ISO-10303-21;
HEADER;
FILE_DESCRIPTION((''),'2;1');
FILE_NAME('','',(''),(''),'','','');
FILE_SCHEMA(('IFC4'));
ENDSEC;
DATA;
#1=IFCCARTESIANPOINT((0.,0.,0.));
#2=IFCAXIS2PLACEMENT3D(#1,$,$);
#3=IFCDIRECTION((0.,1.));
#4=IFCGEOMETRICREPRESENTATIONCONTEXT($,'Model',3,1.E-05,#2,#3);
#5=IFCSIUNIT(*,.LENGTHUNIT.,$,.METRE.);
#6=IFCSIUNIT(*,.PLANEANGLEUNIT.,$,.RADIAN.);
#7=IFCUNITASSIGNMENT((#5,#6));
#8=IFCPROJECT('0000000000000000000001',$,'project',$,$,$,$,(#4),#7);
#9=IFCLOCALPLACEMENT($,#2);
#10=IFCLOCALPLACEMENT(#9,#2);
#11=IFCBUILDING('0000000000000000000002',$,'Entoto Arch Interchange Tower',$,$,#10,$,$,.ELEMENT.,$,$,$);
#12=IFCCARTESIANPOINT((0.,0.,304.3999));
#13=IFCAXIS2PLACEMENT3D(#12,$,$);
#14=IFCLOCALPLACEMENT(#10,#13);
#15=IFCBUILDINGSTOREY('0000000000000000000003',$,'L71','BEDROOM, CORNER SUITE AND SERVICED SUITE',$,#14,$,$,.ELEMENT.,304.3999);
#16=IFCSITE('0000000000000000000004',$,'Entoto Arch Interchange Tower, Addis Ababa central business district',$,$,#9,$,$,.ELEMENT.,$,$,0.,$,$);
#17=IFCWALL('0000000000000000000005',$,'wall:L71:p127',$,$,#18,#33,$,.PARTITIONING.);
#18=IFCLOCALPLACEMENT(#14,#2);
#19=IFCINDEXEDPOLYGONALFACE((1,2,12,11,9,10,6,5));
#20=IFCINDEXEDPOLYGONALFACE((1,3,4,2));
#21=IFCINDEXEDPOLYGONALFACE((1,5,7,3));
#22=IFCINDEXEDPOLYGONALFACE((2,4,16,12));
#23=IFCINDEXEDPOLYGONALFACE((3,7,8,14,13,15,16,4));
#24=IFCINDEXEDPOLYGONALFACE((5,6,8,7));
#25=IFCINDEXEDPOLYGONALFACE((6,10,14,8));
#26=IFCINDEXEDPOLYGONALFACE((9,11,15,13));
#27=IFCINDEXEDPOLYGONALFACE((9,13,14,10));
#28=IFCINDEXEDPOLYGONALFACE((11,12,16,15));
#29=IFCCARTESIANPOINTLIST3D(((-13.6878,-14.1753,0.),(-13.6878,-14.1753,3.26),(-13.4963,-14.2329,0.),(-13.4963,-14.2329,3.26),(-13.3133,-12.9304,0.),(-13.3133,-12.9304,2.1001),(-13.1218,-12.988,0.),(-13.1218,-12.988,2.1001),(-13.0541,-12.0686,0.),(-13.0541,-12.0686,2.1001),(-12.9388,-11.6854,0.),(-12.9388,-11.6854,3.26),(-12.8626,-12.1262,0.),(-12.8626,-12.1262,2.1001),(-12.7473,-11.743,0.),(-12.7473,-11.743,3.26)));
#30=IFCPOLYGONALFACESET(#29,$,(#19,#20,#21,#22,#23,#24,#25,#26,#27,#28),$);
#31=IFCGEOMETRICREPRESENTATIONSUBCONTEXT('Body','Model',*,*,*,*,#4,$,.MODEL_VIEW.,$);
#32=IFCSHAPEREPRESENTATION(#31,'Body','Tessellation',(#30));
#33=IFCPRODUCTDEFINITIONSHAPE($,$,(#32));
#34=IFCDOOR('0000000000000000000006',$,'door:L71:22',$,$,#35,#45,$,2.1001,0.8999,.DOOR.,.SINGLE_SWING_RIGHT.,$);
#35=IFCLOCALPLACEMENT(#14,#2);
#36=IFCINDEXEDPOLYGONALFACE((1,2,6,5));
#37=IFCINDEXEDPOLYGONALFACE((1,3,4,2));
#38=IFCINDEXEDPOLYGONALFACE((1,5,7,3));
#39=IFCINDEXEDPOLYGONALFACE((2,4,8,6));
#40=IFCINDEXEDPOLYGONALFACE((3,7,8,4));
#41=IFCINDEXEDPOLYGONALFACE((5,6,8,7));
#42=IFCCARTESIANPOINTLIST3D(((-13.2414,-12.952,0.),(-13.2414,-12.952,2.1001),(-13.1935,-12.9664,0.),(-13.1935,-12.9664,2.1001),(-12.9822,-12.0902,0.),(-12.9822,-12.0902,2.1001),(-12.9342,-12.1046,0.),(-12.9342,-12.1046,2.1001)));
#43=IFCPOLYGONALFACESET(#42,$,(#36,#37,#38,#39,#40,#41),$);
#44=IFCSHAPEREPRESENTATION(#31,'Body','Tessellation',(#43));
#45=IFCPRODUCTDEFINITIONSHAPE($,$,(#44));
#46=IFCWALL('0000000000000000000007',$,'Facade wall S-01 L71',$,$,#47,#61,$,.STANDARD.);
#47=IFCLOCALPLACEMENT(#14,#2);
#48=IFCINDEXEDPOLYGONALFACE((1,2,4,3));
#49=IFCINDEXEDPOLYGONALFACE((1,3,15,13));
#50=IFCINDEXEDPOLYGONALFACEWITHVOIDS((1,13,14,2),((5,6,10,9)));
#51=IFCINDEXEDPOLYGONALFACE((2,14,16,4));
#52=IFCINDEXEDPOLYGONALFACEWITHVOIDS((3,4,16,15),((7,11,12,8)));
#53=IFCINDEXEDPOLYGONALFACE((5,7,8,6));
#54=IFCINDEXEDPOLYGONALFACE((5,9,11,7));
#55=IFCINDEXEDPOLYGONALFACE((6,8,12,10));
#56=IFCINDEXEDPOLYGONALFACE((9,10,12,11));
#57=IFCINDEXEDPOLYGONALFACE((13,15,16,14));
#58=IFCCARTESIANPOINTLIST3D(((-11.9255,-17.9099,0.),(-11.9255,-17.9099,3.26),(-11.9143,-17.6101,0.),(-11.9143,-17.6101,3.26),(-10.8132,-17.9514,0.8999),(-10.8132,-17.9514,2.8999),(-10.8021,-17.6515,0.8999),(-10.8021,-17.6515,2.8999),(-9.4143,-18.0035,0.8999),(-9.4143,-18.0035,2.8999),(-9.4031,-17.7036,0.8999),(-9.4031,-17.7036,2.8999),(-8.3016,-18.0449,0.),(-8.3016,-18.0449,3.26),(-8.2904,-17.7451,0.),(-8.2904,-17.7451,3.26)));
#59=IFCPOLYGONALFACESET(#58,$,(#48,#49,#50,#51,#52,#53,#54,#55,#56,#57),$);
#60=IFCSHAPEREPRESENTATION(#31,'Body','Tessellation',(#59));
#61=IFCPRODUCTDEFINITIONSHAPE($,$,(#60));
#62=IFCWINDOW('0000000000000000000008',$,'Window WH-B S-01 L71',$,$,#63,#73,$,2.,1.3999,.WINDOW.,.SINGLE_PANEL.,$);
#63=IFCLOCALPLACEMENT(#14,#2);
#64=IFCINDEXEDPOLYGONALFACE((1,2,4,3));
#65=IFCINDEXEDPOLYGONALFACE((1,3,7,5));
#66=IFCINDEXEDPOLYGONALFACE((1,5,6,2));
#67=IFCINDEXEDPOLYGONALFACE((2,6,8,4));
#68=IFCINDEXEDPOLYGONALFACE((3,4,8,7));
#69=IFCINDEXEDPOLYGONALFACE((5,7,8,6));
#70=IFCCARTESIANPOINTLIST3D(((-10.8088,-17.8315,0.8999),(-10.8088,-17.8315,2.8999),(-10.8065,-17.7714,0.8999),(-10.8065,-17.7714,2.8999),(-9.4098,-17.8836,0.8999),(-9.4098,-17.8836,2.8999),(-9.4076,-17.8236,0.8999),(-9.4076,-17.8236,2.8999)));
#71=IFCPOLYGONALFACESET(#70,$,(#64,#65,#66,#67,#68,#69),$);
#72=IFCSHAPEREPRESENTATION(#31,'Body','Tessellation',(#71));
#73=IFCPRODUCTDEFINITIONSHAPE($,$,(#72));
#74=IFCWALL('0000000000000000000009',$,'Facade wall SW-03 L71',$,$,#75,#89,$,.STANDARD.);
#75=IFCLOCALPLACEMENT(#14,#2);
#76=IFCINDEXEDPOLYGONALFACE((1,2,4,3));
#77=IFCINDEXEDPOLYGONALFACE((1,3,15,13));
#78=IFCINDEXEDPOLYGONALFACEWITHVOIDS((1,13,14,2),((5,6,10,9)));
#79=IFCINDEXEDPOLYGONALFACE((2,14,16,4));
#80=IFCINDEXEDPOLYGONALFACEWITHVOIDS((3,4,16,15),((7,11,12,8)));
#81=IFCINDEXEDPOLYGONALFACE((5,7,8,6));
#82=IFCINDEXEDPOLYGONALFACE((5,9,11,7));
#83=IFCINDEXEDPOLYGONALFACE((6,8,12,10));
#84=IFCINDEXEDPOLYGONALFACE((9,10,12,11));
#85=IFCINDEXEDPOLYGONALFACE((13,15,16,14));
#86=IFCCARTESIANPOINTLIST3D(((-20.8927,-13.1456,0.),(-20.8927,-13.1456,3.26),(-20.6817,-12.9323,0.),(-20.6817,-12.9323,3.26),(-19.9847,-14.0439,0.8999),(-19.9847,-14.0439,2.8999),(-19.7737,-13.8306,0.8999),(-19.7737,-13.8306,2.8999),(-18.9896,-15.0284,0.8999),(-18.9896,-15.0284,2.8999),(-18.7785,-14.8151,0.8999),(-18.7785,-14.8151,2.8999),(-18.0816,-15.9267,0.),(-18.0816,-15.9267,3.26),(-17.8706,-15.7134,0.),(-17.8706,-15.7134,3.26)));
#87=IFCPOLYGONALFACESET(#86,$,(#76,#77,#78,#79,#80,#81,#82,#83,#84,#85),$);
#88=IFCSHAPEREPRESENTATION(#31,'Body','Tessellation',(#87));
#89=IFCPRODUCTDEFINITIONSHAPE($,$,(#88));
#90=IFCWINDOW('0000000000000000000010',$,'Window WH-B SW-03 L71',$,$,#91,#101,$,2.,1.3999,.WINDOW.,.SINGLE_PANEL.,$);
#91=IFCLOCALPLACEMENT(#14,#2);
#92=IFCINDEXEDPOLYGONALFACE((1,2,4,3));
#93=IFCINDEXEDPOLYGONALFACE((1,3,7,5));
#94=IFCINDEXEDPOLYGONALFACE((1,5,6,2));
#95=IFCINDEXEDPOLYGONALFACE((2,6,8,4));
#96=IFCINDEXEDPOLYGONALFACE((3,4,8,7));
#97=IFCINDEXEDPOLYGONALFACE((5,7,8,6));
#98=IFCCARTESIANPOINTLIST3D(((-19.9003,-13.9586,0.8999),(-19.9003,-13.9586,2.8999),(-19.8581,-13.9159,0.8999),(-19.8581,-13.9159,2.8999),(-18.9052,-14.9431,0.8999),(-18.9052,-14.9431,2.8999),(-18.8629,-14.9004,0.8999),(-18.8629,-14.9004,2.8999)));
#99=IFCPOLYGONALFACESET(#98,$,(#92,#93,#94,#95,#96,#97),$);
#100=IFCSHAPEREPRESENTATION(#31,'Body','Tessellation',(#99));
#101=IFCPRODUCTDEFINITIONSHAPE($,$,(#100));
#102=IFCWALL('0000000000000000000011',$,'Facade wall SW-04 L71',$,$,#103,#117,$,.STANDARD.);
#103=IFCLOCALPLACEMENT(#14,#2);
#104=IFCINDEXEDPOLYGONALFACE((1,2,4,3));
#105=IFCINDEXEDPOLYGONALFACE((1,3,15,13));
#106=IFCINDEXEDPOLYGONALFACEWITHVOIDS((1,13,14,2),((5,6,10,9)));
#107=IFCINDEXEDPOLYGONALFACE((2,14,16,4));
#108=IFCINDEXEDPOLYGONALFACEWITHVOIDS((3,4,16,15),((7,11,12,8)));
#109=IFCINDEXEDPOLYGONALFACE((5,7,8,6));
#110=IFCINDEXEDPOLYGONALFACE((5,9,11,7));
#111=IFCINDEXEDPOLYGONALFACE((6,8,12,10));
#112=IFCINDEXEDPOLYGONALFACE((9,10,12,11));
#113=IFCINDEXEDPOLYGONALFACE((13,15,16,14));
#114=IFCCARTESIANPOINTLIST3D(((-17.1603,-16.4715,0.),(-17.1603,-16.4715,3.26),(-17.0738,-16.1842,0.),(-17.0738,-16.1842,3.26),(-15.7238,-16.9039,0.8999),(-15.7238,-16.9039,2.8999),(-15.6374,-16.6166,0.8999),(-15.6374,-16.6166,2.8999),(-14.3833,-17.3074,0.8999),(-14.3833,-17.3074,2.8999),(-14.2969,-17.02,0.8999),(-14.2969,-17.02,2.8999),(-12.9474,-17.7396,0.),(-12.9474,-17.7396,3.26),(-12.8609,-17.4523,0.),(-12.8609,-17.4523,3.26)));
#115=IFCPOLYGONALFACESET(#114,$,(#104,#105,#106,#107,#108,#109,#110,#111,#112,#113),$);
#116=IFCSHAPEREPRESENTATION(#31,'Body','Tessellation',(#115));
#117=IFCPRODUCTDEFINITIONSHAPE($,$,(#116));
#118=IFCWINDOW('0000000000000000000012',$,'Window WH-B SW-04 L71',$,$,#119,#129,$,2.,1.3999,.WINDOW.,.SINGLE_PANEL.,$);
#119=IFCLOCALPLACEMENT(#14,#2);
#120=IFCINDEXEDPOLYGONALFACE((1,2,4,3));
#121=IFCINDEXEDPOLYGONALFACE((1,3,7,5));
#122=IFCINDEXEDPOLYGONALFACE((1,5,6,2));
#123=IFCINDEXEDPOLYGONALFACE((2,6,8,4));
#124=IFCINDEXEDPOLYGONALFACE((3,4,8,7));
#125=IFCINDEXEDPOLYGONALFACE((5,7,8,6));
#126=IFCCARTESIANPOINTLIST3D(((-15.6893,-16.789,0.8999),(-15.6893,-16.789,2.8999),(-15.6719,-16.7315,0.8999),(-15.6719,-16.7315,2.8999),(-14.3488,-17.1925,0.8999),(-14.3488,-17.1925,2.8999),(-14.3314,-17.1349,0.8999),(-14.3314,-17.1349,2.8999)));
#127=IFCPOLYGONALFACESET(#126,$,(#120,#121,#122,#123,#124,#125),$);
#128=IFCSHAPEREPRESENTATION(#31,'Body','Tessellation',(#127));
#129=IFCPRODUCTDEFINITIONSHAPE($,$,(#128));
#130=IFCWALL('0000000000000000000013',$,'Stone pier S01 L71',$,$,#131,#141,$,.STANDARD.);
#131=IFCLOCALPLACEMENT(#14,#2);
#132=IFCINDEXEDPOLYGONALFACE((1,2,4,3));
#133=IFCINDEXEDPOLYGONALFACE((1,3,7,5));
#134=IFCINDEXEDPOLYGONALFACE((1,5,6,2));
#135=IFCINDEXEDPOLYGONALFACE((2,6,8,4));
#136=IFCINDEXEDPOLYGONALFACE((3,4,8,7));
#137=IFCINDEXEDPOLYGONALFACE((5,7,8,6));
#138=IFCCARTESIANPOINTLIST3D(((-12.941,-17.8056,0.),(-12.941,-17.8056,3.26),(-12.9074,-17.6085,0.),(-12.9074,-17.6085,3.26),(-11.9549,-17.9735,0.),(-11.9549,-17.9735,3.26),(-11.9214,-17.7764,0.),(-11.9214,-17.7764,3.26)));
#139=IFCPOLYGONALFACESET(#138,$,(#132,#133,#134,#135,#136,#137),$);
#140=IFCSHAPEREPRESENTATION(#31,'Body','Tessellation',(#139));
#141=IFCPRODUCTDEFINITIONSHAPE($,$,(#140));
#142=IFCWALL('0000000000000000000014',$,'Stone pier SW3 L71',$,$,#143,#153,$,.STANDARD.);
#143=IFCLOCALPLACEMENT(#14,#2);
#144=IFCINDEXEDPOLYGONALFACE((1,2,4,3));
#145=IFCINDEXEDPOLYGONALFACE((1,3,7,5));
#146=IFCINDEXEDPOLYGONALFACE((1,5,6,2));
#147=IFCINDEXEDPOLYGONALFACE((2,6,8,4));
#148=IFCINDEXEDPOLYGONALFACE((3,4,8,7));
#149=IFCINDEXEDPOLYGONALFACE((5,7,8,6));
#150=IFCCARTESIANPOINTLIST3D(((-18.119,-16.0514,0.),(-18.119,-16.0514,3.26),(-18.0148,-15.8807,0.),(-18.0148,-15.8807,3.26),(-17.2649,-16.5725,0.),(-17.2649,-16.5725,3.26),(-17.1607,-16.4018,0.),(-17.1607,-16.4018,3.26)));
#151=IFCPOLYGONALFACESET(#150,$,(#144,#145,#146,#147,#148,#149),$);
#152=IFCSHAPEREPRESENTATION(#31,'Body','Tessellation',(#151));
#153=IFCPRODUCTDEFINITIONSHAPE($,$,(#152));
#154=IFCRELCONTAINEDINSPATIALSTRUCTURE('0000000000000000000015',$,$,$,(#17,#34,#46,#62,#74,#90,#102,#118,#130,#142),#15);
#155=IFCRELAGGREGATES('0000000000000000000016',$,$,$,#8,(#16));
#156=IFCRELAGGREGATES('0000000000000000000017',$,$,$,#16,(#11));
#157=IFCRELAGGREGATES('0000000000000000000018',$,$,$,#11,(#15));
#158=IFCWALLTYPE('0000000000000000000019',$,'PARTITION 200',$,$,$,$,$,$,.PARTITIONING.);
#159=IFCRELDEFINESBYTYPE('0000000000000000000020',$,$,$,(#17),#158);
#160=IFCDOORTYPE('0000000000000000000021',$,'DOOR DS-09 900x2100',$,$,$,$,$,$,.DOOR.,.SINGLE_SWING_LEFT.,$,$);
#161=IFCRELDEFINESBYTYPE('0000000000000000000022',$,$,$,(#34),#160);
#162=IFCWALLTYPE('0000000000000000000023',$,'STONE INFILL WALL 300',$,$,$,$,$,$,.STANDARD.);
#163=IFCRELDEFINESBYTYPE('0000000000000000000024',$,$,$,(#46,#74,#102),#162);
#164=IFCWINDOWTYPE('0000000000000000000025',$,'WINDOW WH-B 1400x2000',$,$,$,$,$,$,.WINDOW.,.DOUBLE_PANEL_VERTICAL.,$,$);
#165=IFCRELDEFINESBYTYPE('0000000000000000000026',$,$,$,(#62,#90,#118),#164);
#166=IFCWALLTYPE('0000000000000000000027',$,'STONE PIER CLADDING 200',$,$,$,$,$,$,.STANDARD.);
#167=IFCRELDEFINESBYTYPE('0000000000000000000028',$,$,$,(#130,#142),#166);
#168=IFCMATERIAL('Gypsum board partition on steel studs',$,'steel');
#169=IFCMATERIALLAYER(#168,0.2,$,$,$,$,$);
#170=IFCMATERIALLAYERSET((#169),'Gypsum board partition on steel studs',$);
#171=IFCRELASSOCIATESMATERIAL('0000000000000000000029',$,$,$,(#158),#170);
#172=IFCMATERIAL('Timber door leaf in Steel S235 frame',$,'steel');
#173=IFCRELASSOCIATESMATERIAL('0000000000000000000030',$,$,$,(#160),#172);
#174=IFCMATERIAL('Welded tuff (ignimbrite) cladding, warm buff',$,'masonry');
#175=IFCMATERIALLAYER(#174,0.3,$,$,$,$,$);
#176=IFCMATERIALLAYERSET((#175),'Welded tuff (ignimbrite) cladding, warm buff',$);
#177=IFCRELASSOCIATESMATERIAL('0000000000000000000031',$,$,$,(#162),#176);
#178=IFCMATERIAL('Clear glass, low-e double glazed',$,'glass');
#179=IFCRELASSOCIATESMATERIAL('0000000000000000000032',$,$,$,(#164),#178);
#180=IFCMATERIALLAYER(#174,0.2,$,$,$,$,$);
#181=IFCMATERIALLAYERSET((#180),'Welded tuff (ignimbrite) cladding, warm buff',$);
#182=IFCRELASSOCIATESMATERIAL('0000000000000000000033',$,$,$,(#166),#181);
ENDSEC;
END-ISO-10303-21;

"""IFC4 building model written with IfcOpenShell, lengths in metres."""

from ifc_helpers import new_model, si_unit, direction, frame, frame_2d, origin, place, context, subcontext, project, spatial, rectangle, extrude, material, layer, layer_set, type_object, element, fill, save


model = new_model("IFC4")

# Units and contexts
model_context = context("Model", 3, precision=1e-05, world=origin(), true_north=direction((0.0, 1.0)))
body_context = subcontext(model_context, "Body", "Model", "MODEL_VIEW")
ifc_project = project(units=[si_unit("LENGTHUNIT", "METRE"), si_unit("PLANEANGLEUNIT", "RADIAN")], contexts=[model_context])

# Site, building, storey
site_placement = place(None, origin())
site = spatial("IfcSite", under=ifc_project, at=site_placement, Name="Entoto Arch Interchange Tower, Addis Ababa central business district", CompositionType="ELEMENT", RefElevation=0.0)
building_placement = place(site_placement, origin())
building = spatial("IfcBuilding", under=site, at=building_placement, Name="Entoto Arch Interchange Tower", CompositionType="ELEMENT")
storey_placement = place(building_placement, frame((0.0, 0.0, 304.3999)))
storey = spatial("IfcBuildingStorey", under=building, at=storey_placement, Name="L71", Description="BEDROOM, CORNER SUITE AND SERVICED SUITE", CompositionType="ELEMENT", Elevation=304.3999)

# Shared definitions
ifc_material_1 = material(Name="Gypsum board partition on steel studs", Category="steel")
ifc_layer_1 = layer(ifc_material_1, 0.2)
ifc_layer_set_1 = layer_set([ifc_layer_1], Name="Gypsum board partition on steel studs")
wall_type_1 = type_object("IfcWallType", Name="PARTITION 200", PredefinedType="PARTITIONING", material=ifc_layer_set_1)

# Shared definitions
ifc_material_2 = material(Name="Timber door leaf in Steel S235 frame", Category="steel")

# Wall, opening, door
wall_1_placement = place(storey_placement, frame((-13.592, -14.2041, 0.0), z_axis=(0.0, 0.0, 1.0), x_axis=(0.288063, 0.957612, 0.0)))
wall_1 = element("IfcWall", 1, at=wall_1_placement, inside=storey, type_object=wall_type_1, Name="wall:L71:p127", PredefinedType="PARTITIONING", context=body_context, shape_type="SweptSolid", body=[
    extrude(rectangle(XDim=2.6001, YDim=0.2, at=frame_2d((1.3, 0.0))), origin(), (0.0, 0.0, 1.0), 3.26),
])
opening_1_placement = place(wall_1_placement, frame((1.3, 0.0, 0.0)))
opening_1 = element("IfcOpeningElement", 2, at=opening_1_placement, cuts=wall_1, PredefinedType="OPENING", context=body_context, shape_type="SweptSolid", body=[
    extrude(rectangle(XDim=0.8999, YDim=2.1001, at=frame_2d((0.45, 1.05))), frame((0.0, 0.1099, 0.0), z_axis=(0.0, -1.0, 0.0), x_axis=(1.0, 0.0, 0.0)), (0.0, 0.0, 1.0), 0.22),
])
door_type_1 = type_object("IfcDoorType", Name="DOOR DS-09 900x2100", OperationType="SINGLE_SWING_LEFT", PredefinedType="DOOR", material=ifc_material_2)
door_1_placement = place(opening_1_placement, origin())
door_1 = element("IfcDoor", 3, at=door_1_placement, inside=storey, type_object=door_type_1, Name="door:L71:22", OperationType="SINGLE_SWING_RIGHT", OverallHeight=2.1001, OverallWidth=0.8999, PredefinedType="DOOR", context=body_context, shape_type="SweptSolid", body=[
    extrude(rectangle(XDim=0.8999, YDim=2.1001, at=frame_2d((0.45, 1.05))), frame((0.0, 0.0249, 0.0), z_axis=(0.0, -1.0, 0.0), x_axis=(1.0, 0.0, 0.0)), (0.0, 0.0, 1.0), 0.05),
])
fill(opening_1, door_1)

# Walls, openings, windows
ifc_material_3 = material(Name="Welded tuff (ignimbrite) cladding, warm buff", Category="masonry")
ifc_layer_2 = layer(ifc_material_3, 0.3)
ifc_layer_set_2 = layer_set([ifc_layer_2], Name="Welded tuff (ignimbrite) cladding, warm buff")
wall_type_2 = type_object("IfcWallType", Name="STONE INFILL WALL 300", PredefinedType="STANDARD", material=ifc_layer_set_2)
wall_2_placement = place(storey_placement, frame((-11.9199, -17.76, 0.0), z_axis=(0.0, 0.0, 1.0), x_axis=(0.999307, -0.037228, 0.0)))
wall_2 = element("IfcWall", 4, at=wall_2_placement, inside=storey, type_object=wall_type_2, Name="Facade wall S-01 L71", PredefinedType="STANDARD", context=body_context, shape_type="SweptSolid", body=[
    extrude(rectangle(XDim=3.6265, YDim=0.3, at=frame_2d((1.8132, 0.0))), origin(), (0.0, 0.0, 1.0), 3.26),
])
opening_2_placement = place(wall_2_placement, frame((1.113, 0.0, 0.8999)))
opening_2 = element("IfcOpeningElement", 5, at=opening_2_placement, cuts=wall_2, PredefinedType="OPENING", context=body_context, shape_type="SweptSolid", body=[
    extrude(rectangle(XDim=1.3999, YDim=2.0, at=frame_2d((0.7, 1.0))), frame((0.0, 0.1602, 0.0), z_axis=(0.0, -1.0, 0.0), x_axis=(1.0, 0.0, 0.0)), (0.0, 0.0, 1.0), 0.3201),
])
ifc_material_4 = material(Name="Clear glass, low-e double glazed", Category="glass")
window_type = type_object("IfcWindowType", Name="WINDOW WH-B 1400x2000", PartitioningType="DOUBLE_PANEL_VERTICAL", PredefinedType="WINDOW", material=ifc_material_4)
window_1_placement = place(opening_2_placement, origin())
window_1 = element("IfcWindow", 6, at=window_1_placement, inside=storey, type_object=window_type, Name="Window WH-B S-01 L71", OverallHeight=2.0, OverallWidth=1.3999, PartitioningType="SINGLE_PANEL", PredefinedType="WINDOW", context=body_context, shape_type="SweptSolid", body=[
    extrude(rectangle(XDim=1.3999, YDim=2.0, at=frame_2d((0.7, 1.0))), frame((0.0, 0.03, 0.0), z_axis=(0.0, -1.0, 0.0), x_axis=(1.0, 0.0, 0.0)), (0.0, 0.0, 1.0), 0.0601),
])
fill(opening_2, window_1)
wall_3_placement = place(storey_placement, frame((-20.7871, -13.0391, 0.0), z_axis=(0.0, 0.0, 1.0), x_axis=(0.710894, -0.703299, 0.0)))
wall_3 = element("IfcWall", 7, at=wall_3_placement, inside=storey, type_object=wall_type_2, Name="Facade wall SW-03 L71", PredefinedType="STANDARD", context=body_context, shape_type="SweptSolid", body=[
    extrude(rectangle(XDim=3.9543, YDim=0.3, at=frame_2d((1.9771, 0.0))), origin(), (0.0, 0.0, 1.0), 3.26),
])
opening_3_placement = place(wall_3_placement, frame((1.2771, 0.0, 0.8999)))
opening_3 = element("IfcOpeningElement", 8, at=opening_3_placement, cuts=wall_3, PredefinedType="OPENING", context=body_context, shape_type="SweptSolid", body=[
    extrude(rectangle(XDim=1.3999, YDim=2.0, at=frame_2d((0.7, 1.0))), frame((0.0, 0.1602, 0.0), z_axis=(0.0, -1.0, 0.0), x_axis=(1.0, 0.0, 0.0)), (0.0, 0.0, 1.0), 0.3201),
])
window_2_placement = place(opening_3_placement, origin())
window_2 = element("IfcWindow", 9, at=window_2_placement, inside=storey, type_object=window_type, Name="Window WH-B SW-03 L71", OverallHeight=2.0, OverallWidth=1.3999, PartitioningType="SINGLE_PANEL", PredefinedType="WINDOW", context=body_context, shape_type="SweptSolid", body=[
    extrude(rectangle(XDim=1.3999, YDim=2.0, at=frame_2d((0.7, 1.0))), frame((0.0, 0.03, 0.0), z_axis=(0.0, -1.0, 0.0), x_axis=(1.0, 0.0, 0.0)), (0.0, 0.0, 1.0), 0.0601),
])
fill(opening_3, window_2)
wall_4_placement = place(storey_placement, frame((-17.1169, -16.3279, 0.0), z_axis=(0.0, 0.0, 1.0), x_axis=(0.957563, -0.288223, 0.0)))
wall_4 = element("IfcWall", 10, at=wall_4_placement, inside=storey, type_object=wall_type_2, Name="Facade wall SW-04 L71", PredefinedType="STANDARD", context=body_context, shape_type="SweptSolid", body=[
    extrude(rectangle(XDim=4.3997, YDim=0.3, at=frame_2d((2.1997, 0.0))), origin(), (0.0, 0.0, 1.0), 3.26),
])
opening_4_placement = place(wall_4_placement, frame((1.5, 0.0, 0.8999)))
opening_4 = element("IfcOpeningElement", 11, at=opening_4_placement, cuts=wall_4, PredefinedType="OPENING", context=body_context, shape_type="SweptSolid", body=[
    extrude(rectangle(XDim=1.3999, YDim=2.0, at=frame_2d((0.7, 1.0))), frame((0.0, 0.1602, 0.0), z_axis=(0.0, -1.0, 0.0), x_axis=(1.0, 0.0, 0.0)), (0.0, 0.0, 1.0), 0.3201),
])
window_3_placement = place(opening_4_placement, origin())
window_3 = element("IfcWindow", 12, at=window_3_placement, inside=storey, type_object=window_type, Name="Window WH-B SW-04 L71", OverallHeight=2.0, OverallWidth=1.3999, PartitioningType="SINGLE_PANEL", PredefinedType="WINDOW", context=body_context, shape_type="SweptSolid", body=[
    extrude(rectangle(XDim=1.3999, YDim=2.0, at=frame_2d((0.7, 1.0))), frame((0.0, 0.03, 0.0), z_axis=(0.0, -1.0, 0.0), x_axis=(1.0, 0.0, 0.0)), (0.0, 0.0, 1.0), 0.0601),
])
fill(opening_4, window_3)

# Walls
ifc_layer_3 = layer(ifc_material_3, 0.2)
ifc_layer_set_3 = layer_set([ifc_layer_3], Name="Welded tuff (ignimbrite) cladding, warm buff")
wall_type_3 = type_object("IfcWallType", Name="STONE PIER CLADDING 200", PredefinedType="STANDARD", material=ifc_layer_set_3)
wall_5_placement = place(storey_placement, frame((-12.9241, -17.707, 0.0), z_axis=(0.0, 0.0, 1.0), x_axis=(0.985801, -0.16792, 0.0)))
element("IfcWall", 13, at=wall_5_placement, inside=storey, type_object=wall_type_3, Name="Stone pier S01 L71", PredefinedType="STANDARD", context=body_context, shape_type="SweptSolid", body=[
    extrude(rectangle(XDim=1.0002, YDim=0.2, at=frame_2d((0.5, 0.0))), origin(), (0.0, 0.0, 1.0), 3.26),
])
wall_6_placement = place(storey_placement, frame((-18.0669, -15.9661, 0.0), z_axis=(0.0, 0.0, 1.0), x_axis=(0.85368, -0.520798, 0.0)))
element("IfcWall", 14, at=wall_6_placement, inside=storey, type_object=wall_type_3, Name="Stone pier SW3 L71", PredefinedType="STANDARD", context=body_context, shape_type="SweptSolid", body=[
    extrude(rectangle(XDim=1.0005, YDim=0.2, at=frame_2d((0.5002, 0.0))), origin(), (0.0, 0.0, 1.0), 3.26),
])

save(model, "model.ifc")
